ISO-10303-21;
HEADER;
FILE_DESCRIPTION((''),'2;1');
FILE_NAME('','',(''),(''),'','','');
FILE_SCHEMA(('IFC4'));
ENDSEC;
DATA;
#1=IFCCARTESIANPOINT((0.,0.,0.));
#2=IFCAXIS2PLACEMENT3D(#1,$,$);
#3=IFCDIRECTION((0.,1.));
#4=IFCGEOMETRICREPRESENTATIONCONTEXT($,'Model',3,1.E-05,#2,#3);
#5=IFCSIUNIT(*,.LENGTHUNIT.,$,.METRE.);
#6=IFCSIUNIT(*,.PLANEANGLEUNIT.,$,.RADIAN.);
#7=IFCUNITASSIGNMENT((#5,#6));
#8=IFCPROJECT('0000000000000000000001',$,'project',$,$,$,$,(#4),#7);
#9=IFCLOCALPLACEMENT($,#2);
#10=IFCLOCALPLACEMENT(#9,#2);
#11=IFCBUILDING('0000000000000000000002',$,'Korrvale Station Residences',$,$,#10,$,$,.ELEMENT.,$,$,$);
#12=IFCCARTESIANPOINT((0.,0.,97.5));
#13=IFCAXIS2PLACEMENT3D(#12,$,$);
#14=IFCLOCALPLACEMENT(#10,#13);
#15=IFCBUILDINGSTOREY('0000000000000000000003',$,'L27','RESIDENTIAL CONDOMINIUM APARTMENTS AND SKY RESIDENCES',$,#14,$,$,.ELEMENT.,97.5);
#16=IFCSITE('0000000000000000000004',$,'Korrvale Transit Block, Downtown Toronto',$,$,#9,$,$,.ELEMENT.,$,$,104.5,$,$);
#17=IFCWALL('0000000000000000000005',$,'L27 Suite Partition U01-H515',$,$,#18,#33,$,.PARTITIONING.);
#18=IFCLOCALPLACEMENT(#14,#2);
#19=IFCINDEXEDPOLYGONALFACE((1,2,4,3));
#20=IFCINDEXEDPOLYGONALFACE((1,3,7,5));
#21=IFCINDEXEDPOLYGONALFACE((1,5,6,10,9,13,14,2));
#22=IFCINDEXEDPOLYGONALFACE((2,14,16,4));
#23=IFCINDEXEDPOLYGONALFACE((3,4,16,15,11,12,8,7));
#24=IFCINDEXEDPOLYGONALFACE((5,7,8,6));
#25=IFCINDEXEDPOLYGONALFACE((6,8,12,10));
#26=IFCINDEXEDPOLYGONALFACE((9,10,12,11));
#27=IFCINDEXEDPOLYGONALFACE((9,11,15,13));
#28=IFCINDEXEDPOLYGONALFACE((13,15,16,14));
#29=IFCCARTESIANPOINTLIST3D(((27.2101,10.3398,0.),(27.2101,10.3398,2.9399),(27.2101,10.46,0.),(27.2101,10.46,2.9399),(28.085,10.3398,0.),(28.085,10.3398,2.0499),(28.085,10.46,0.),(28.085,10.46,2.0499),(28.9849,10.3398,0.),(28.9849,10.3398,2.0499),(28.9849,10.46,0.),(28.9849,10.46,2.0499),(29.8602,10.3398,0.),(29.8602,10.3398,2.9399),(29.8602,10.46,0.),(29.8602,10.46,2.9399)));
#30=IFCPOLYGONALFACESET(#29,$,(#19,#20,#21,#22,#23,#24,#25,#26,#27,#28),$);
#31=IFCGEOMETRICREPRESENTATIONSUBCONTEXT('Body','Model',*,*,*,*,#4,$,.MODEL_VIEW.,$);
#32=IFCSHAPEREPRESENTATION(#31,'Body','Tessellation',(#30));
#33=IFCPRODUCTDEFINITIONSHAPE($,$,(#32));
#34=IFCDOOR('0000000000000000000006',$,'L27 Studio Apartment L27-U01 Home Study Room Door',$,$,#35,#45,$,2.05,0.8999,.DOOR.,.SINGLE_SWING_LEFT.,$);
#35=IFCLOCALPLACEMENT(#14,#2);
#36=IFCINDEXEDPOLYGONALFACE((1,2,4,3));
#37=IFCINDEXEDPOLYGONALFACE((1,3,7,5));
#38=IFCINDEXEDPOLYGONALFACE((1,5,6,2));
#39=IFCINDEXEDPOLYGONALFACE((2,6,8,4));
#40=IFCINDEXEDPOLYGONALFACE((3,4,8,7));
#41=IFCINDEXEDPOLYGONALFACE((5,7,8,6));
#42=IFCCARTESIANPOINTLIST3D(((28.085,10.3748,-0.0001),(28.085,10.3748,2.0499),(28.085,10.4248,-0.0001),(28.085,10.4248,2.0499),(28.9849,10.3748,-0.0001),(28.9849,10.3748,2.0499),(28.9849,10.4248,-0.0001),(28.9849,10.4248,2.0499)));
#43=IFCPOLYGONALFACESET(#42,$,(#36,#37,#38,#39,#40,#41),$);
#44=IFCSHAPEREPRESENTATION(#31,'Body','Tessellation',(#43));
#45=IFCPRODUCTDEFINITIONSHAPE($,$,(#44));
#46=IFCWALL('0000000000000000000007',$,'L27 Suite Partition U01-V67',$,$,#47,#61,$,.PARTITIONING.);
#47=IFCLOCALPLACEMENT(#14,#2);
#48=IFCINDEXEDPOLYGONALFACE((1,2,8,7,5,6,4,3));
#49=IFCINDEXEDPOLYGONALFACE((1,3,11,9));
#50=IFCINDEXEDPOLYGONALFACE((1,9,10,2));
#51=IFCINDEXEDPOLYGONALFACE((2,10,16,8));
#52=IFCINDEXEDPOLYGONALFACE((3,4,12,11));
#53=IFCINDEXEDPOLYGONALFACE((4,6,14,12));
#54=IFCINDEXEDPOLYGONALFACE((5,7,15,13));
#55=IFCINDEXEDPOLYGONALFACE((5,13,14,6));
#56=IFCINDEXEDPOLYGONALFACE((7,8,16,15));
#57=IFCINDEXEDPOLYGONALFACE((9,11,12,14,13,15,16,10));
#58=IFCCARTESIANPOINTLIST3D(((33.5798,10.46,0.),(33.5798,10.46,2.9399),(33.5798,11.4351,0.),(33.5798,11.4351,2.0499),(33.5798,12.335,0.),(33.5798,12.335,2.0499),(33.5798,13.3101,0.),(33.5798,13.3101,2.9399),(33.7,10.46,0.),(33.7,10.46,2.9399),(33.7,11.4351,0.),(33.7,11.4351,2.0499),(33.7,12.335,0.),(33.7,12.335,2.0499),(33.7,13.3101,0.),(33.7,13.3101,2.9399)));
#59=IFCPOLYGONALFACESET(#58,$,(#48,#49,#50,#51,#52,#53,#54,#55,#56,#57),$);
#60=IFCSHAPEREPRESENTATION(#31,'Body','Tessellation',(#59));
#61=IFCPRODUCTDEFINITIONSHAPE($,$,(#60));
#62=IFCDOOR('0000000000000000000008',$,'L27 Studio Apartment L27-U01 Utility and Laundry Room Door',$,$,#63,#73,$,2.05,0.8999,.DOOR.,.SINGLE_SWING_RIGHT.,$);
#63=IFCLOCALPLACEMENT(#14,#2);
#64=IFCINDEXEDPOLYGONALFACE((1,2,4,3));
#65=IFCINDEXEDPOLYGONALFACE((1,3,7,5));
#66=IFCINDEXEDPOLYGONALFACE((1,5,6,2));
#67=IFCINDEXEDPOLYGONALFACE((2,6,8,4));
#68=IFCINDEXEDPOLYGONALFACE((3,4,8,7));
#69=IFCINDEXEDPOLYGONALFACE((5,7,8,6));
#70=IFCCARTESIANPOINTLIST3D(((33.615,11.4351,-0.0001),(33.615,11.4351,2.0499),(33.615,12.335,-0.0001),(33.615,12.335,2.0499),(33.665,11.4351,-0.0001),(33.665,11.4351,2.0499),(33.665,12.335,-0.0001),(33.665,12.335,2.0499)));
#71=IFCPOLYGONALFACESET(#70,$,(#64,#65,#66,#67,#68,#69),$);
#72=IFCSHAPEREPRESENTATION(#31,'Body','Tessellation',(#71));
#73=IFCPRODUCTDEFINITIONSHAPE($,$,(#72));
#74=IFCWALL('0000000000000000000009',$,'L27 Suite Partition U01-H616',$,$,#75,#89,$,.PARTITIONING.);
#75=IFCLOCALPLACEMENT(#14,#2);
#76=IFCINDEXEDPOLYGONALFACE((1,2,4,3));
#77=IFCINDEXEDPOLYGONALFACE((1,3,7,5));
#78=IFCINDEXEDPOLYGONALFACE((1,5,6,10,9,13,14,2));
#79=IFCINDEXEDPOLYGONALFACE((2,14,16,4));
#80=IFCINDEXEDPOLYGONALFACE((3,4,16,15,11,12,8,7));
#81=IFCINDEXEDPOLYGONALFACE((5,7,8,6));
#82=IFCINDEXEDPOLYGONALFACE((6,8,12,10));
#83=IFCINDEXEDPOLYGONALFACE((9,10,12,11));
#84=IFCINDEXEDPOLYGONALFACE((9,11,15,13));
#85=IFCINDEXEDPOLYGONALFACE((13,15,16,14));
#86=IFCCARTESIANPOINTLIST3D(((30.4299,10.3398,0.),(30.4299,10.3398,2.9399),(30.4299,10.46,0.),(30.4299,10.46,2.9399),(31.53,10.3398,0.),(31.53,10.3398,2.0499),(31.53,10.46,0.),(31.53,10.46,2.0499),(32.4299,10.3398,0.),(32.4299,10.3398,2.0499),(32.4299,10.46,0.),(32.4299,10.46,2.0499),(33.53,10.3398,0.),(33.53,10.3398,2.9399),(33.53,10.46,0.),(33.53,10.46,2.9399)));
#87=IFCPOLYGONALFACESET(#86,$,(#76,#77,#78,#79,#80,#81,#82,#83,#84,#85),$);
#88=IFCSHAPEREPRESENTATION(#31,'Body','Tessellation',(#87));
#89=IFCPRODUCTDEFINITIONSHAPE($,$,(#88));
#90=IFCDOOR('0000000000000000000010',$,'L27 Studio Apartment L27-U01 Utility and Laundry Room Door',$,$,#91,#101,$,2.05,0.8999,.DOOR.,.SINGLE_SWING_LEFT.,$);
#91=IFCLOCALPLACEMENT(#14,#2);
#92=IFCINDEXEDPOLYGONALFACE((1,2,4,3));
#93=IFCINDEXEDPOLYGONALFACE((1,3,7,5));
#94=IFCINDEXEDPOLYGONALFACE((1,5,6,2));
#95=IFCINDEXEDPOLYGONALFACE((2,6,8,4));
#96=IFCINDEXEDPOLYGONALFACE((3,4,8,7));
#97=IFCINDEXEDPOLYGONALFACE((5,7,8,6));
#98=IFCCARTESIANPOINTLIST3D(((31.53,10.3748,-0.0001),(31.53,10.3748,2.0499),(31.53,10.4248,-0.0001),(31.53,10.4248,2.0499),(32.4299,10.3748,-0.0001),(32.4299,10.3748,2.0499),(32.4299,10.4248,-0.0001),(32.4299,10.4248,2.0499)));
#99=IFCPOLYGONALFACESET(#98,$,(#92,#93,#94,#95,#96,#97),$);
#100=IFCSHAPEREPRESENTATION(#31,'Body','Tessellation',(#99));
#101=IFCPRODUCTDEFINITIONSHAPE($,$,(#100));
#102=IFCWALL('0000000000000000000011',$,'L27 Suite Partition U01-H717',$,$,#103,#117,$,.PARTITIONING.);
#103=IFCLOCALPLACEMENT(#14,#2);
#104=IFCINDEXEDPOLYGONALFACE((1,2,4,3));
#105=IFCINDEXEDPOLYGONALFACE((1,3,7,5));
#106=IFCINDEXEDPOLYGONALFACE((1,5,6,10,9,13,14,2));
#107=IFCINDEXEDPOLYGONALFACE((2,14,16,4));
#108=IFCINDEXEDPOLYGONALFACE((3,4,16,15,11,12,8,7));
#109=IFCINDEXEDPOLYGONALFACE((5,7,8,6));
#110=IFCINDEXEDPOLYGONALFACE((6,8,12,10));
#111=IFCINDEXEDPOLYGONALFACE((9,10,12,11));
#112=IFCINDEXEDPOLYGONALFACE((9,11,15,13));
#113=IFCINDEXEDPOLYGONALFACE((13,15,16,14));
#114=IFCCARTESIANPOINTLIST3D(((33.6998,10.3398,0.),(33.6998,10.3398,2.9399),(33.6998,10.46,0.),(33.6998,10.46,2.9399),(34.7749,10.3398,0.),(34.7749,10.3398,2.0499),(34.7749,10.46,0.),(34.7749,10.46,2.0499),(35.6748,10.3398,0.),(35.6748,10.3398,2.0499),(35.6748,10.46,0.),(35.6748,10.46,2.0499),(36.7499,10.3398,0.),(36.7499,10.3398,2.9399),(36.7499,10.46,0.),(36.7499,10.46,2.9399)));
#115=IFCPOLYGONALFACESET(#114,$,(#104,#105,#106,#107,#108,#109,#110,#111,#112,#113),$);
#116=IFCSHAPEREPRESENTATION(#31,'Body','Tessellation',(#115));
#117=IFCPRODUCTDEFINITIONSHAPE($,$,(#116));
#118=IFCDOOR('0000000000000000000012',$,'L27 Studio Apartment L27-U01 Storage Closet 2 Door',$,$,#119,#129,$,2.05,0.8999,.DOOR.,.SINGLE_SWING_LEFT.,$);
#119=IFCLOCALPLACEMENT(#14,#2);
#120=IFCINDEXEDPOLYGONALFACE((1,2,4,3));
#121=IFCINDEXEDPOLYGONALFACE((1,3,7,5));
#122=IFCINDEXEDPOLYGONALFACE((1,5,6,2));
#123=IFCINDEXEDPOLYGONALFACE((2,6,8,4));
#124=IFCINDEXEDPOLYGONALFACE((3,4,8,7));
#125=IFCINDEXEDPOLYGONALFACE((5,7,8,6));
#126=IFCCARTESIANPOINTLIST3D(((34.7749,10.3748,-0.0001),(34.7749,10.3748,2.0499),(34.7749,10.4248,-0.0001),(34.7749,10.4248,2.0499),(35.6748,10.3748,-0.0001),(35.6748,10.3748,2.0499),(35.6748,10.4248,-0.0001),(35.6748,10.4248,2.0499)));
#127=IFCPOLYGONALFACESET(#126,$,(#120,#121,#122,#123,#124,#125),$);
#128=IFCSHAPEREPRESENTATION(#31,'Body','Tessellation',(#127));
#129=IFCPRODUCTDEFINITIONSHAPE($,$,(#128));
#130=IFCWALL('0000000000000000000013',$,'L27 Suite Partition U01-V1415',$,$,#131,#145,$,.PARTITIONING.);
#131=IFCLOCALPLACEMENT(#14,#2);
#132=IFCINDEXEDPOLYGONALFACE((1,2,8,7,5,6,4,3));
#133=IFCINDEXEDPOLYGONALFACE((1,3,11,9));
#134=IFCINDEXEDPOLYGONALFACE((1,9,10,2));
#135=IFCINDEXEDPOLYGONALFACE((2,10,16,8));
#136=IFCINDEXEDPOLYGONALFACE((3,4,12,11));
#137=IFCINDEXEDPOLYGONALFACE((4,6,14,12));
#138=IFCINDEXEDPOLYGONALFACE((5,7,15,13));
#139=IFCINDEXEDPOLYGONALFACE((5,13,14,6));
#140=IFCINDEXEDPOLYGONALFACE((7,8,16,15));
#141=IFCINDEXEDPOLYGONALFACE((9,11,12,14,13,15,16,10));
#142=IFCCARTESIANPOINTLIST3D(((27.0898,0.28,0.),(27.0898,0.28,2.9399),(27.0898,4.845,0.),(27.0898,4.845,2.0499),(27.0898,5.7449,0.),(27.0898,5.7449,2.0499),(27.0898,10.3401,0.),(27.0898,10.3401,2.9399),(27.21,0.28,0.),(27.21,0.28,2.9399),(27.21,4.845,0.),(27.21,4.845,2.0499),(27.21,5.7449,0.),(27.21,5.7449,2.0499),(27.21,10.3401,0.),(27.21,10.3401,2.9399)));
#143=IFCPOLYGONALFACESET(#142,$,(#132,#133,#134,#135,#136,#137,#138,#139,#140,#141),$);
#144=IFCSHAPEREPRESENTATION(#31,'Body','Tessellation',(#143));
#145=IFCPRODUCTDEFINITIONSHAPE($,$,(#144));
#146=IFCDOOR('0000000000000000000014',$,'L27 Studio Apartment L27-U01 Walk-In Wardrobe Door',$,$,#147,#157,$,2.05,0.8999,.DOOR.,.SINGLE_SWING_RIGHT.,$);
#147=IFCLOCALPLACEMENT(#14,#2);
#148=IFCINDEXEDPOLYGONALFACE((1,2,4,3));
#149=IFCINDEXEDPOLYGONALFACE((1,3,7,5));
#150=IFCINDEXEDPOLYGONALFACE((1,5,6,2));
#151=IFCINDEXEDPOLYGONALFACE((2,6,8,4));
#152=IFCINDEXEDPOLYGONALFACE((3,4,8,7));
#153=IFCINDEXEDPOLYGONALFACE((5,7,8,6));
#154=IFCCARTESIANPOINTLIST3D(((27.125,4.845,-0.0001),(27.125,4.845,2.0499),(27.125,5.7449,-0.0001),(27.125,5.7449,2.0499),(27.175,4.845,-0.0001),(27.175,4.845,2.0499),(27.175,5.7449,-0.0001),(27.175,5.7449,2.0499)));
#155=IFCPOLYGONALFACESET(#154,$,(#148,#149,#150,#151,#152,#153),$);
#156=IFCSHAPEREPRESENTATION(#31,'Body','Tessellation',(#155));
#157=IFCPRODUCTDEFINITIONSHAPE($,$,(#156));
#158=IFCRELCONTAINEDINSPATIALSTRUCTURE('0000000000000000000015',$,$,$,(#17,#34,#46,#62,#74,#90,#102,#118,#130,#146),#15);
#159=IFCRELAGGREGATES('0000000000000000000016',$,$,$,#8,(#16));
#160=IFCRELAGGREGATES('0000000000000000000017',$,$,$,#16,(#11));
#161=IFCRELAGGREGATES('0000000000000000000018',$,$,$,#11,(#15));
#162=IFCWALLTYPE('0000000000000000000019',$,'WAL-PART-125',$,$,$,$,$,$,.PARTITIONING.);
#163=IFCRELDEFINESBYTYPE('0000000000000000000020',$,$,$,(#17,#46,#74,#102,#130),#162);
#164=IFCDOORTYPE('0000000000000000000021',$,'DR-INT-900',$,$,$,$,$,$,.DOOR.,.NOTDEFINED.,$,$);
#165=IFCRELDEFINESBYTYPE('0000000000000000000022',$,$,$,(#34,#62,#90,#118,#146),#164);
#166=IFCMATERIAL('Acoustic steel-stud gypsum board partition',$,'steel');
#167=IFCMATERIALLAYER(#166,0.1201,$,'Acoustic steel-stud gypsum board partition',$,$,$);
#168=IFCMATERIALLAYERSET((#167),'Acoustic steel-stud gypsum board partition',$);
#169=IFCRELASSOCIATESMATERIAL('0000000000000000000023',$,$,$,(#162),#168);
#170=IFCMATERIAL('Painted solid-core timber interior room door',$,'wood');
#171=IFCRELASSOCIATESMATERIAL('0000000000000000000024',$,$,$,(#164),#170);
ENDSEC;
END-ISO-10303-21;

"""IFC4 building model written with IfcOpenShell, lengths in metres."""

from ifc_helpers import new_model, si_unit, direction, frame, frame_2d, origin, place, context, subcontext, project, spatial, rectangle, extrude, material, layer, layer_set, type_object, element, fill, save


model = new_model("IFC4")

# Units and contexts
model_context = context("Model", 3, precision=1e-05, world=origin(), true_north=direction((0.0, 1.0)))
body_context = subcontext(model_context, "Body", "Model", "MODEL_VIEW")
ifc_project = project(units=[si_unit("LENGTHUNIT", "METRE"), si_unit("PLANEANGLEUNIT", "RADIAN")], contexts=[model_context])

# Site, building, storey
site_placement = place(None, origin())
site = spatial("IfcSite", under=ifc_project, at=site_placement, Name="Korrvale Transit Block, Downtown Toronto", CompositionType="ELEMENT", RefElevation=104.5)
building_placement = place(site_placement, origin())
building = spatial("IfcBuilding", under=site, at=building_placement, Name="Korrvale Station Residences", CompositionType="ELEMENT")
storey_placement = place(building_placement, frame((0.0, 0.0, 97.5)))
storey = spatial("IfcBuildingStorey", under=building, at=storey_placement, Name="L27", Description="RESIDENTIAL CONDOMINIUM APARTMENTS AND SKY RESIDENCES", CompositionType="ELEMENT", Elevation=97.5)

# Walls, openings, doors
ifc_material_1 = material(Name="Acoustic steel-stud gypsum board partition", Category="steel")
ifc_layer_1 = layer(ifc_material_1, 0.1201, Name="Acoustic steel-stud gypsum board partition")
ifc_layer_set_1 = layer_set([ifc_layer_1], Name="Acoustic steel-stud gypsum board partition")
wall_type = type_object("IfcWallType", Name="WAL-PART-125", PredefinedType="PARTITIONING", material=ifc_layer_set_1)
ifc_material_2 = material(Name="Painted solid-core timber interior room door", Category="wood")
door_type = type_object("IfcDoorType", Name="DR-INT-900", OperationType="NOTDEFINED", PredefinedType="DOOR", material=ifc_material_2)
wall_1_placement = place(storey_placement, frame((27.21, 10.3999, 0.0), z_axis=(0.0, 0.0, 1.0), x_axis=(1.0, 0.0, 0.0)))
wall_1 = element("IfcWall", 1, at=wall_1_placement, inside=storey, type_object=wall_type, Name="L27 Suite Partition U01-H515", PredefinedType="PARTITIONING", context=body_context, shape_type="SweptSolid", body=[
    extrude(rectangle(XDim=2.6501, YDim=0.1201, at=frame_2d((1.3252, 0.0))), origin(), (0.0, 0.0, 1.0), 2.9399),
])
opening_1_placement = place(wall_1_placement, frame((0.875, 0.0, 0.0)))
opening_1 = element("IfcOpeningElement", 2, at=opening_1_placement, cuts=wall_1, PredefinedType="OPENING", context=body_context, shape_type="SweptSolid", body=[
    extrude(rectangle(XDim=0.8999, YDim=2.05, at=frame_2d((0.45, 1.0249))), frame((0.0, 0.0701, 0.0), z_axis=(0.0, -1.0, 0.0), x_axis=(1.0, 0.0, 0.0)), (0.0, 0.0, 1.0), 0.1401),
])
door_1_placement = place(opening_1_placement, origin())
door_1 = element("IfcDoor", 3, at=door_1_placement, inside=storey, type_object=door_type, Name="L27 Studio Apartment L27-U01 Home Study Room Door", OperationType="SINGLE_SWING_LEFT", OverallHeight=2.05, OverallWidth=0.8999, PredefinedType="DOOR", context=body_context, shape_type="SweptSolid", body=[
    extrude(rectangle(XDim=0.8999, YDim=2.05, at=frame_2d((0.45, 1.0249))), frame((0.0, 0.0249, 0.0), z_axis=(0.0, -1.0, 0.0), x_axis=(1.0, 0.0, 0.0)), (0.0, 0.0, 1.0), 0.05),
])
fill(opening_1, door_1)
wall_2_placement = place(storey_placement, frame((33.6399, 10.46, 0.0), z_axis=(0.0, 0.0, 1.0), x_axis=(0.0, 1.0, 0.0)))
wall_2 = element("IfcWall", 4, at=wall_2_placement, inside=storey, type_object=wall_type, Name="L27 Suite Partition U01-V67", PredefinedType="PARTITIONING", context=body_context, shape_type="SweptSolid", body=[
    extrude(rectangle(XDim=2.8501, YDim=0.1201, at=frame_2d((1.425, 0.0))), origin(), (0.0, 0.0, 1.0), 2.9399),
])
opening_2_placement = place(wall_2_placement, frame((0.9751, 0.0, 0.0)))
opening_2 = element("IfcOpeningElement", 5, at=opening_2_placement, cuts=wall_2, PredefinedType="OPENING", context=body_context, shape_type="SweptSolid", body=[
    extrude(rectangle(XDim=0.8999, YDim=2.05, at=frame_2d((0.45, 1.0249))), frame((0.0, 0.0701, 0.0), z_axis=(0.0, -1.0, 0.0), x_axis=(1.0, 0.0, 0.0)), (0.0, 0.0, 1.0), 0.1401),
])
door_2_placement = place(opening_2_placement, origin())
door_2 = element("IfcDoor", 6, at=door_2_placement, inside=storey, type_object=door_type, Name="L27 Studio Apartment L27-U01 Utility and Laundry Room Door", OperationType="SINGLE_SWING_RIGHT", OverallHeight=2.05, OverallWidth=0.8999, PredefinedType="DOOR", context=body_context, shape_type="SweptSolid", body=[
    extrude(rectangle(XDim=0.8999, YDim=2.05, at=frame_2d((0.45, 1.0249))), frame((0.0, 0.0249, 0.0), z_axis=(0.0, -1.0, 0.0), x_axis=(1.0, 0.0, 0.0)), (0.0, 0.0, 1.0), 0.05),
])
fill(opening_2, door_2)
wall_3_placement = place(storey_placement, frame((30.4299, 10.3999, 0.0), z_axis=(0.0, 0.0, 1.0), x_axis=(1.0, 0.0, 0.0)))
wall_3 = element("IfcWall", 7, at=wall_3_placement, inside=storey, type_object=wall_type, Name="L27 Suite Partition U01-H616", PredefinedType="PARTITIONING", context=body_context, shape_type="SweptSolid", body=[
    extrude(rectangle(XDim=3.1001, YDim=0.1201, at=frame_2d((1.55, 0.0))), origin(), (0.0, 0.0, 1.0), 2.9399),
])
opening_3_placement = place(wall_3_placement, frame((1.1001, 0.0, 0.0)))
opening_3 = element("IfcOpeningElement", 8, at=opening_3_placement, cuts=wall_3, PredefinedType="OPENING", context=body_context, shape_type="SweptSolid", body=[
    extrude(rectangle(XDim=0.8999, YDim=2.05, at=frame_2d((0.45, 1.0249))), frame((0.0, 0.0701, 0.0), z_axis=(0.0, -1.0, 0.0), x_axis=(1.0, 0.0, 0.0)), (0.0, 0.0, 1.0), 0.1401),
])
door_3_placement = place(opening_3_placement, origin())
door_3 = element("IfcDoor", 9, at=door_3_placement, inside=storey, type_object=door_type, Name="L27 Studio Apartment L27-U01 Utility and Laundry Room Door", OperationType="SINGLE_SWING_LEFT", OverallHeight=2.05, OverallWidth=0.8999, PredefinedType="DOOR", context=body_context, shape_type="SweptSolid", body=[
    extrude(rectangle(XDim=0.8999, YDim=2.05, at=frame_2d((0.45, 1.0249))), frame((0.0, 0.0249, 0.0), z_axis=(0.0, -1.0, 0.0), x_axis=(1.0, 0.0, 0.0)), (0.0, 0.0, 1.0), 0.05),
])
fill(opening_3, door_3)
wall_4_placement = place(storey_placement, frame((33.7, 10.3999, 0.0), z_axis=(0.0, 0.0, 1.0), x_axis=(1.0, 0.0, 0.0)))
wall_4 = element("IfcWall", 10, at=wall_4_placement, inside=storey, type_object=wall_type, Name="L27 Suite Partition U01-H717", PredefinedType="PARTITIONING", context=body_context, shape_type="SweptSolid", body=[
    extrude(rectangle(XDim=3.05, YDim=0.1201, at=frame_2d((1.5249, 0.0))), origin(), (0.0, 0.0, 1.0), 2.9399),
])
opening_4_placement = place(wall_4_placement, frame((1.075, 0.0, 0.0)))
opening_4 = element("IfcOpeningElement", 11, at=opening_4_placement, cuts=wall_4, PredefinedType="OPENING", context=body_context, shape_type="SweptSolid", body=[
    extrude(rectangle(XDim=0.8999, YDim=2.05, at=frame_2d((0.45, 1.0249))), frame((0.0, 0.0701, 0.0), z_axis=(0.0, -1.0, 0.0), x_axis=(1.0, 0.0, 0.0)), (0.0, 0.0, 1.0), 0.1401),
])
door_4_placement = place(opening_4_placement, origin())
door_4 = element("IfcDoor", 12, at=door_4_placement, inside=storey, type_object=door_type, Name="L27 Studio Apartment L27-U01 Storage Closet 2 Door", OperationType="SINGLE_SWING_LEFT", OverallHeight=2.05, OverallWidth=0.8999, PredefinedType="DOOR", context=body_context, shape_type="SweptSolid", body=[
    extrude(rectangle(XDim=0.8999, YDim=2.05, at=frame_2d((0.45, 1.0249))), frame((0.0, 0.0249, 0.0), z_axis=(0.0, -1.0, 0.0), x_axis=(1.0, 0.0, 0.0)), (0.0, 0.0, 1.0), 0.05),
])
fill(opening_4, door_4)
wall_5_placement = place(storey_placement, frame((27.1499, 0.28, 0.0), z_axis=(0.0, 0.0, 1.0), x_axis=(0.0, 1.0, 0.0)))
wall_5 = element("IfcWall", 13, at=wall_5_placement, inside=storey, type_object=wall_type, Name="L27 Suite Partition U01-V1415", PredefinedType="PARTITIONING", context=body_context, shape_type="SweptSolid", body=[
    extrude(rectangle(XDim=10.0601, YDim=0.1201, at=frame_2d((5.03, 0.0))), origin(), (0.0, 0.0, 1.0), 2.9399),
])
opening_5_placement = place(wall_5_placement, frame((4.5649, 0.0, 0.0)))
opening_5 = element("IfcOpeningElement", 14, at=opening_5_placement, cuts=wall_5, PredefinedType="OPENING", context=body_context, shape_type="SweptSolid", body=[
    extrude(rectangle(XDim=0.8999, YDim=2.05, at=frame_2d((0.45, 1.0249))), frame((0.0, 0.0701, 0.0), z_axis=(0.0, -1.0, 0.0), x_axis=(1.0, 0.0, 0.0)), (0.0, 0.0, 1.0), 0.1401),
])
door_5_placement = place(opening_5_placement, origin())
door_5 = element("IfcDoor", 15, at=door_5_placement, inside=storey, type_object=door_type, Name="L27 Studio Apartment L27-U01 Walk-In Wardrobe Door", OperationType="SINGLE_SWING_RIGHT", OverallHeight=2.05, OverallWidth=0.8999, PredefinedType="DOOR", context=body_context, shape_type="SweptSolid", body=[
    extrude(rectangle(XDim=0.8999, YDim=2.05, at=frame_2d((0.45, 1.0249))), frame((0.0, 0.0249, 0.0), z_axis=(0.0, -1.0, 0.0), x_axis=(1.0, 0.0, 0.0)), (0.0, 0.0, 1.0), 0.05),
])
fill(opening_5, door_5)

save(model, "model.ifc")
